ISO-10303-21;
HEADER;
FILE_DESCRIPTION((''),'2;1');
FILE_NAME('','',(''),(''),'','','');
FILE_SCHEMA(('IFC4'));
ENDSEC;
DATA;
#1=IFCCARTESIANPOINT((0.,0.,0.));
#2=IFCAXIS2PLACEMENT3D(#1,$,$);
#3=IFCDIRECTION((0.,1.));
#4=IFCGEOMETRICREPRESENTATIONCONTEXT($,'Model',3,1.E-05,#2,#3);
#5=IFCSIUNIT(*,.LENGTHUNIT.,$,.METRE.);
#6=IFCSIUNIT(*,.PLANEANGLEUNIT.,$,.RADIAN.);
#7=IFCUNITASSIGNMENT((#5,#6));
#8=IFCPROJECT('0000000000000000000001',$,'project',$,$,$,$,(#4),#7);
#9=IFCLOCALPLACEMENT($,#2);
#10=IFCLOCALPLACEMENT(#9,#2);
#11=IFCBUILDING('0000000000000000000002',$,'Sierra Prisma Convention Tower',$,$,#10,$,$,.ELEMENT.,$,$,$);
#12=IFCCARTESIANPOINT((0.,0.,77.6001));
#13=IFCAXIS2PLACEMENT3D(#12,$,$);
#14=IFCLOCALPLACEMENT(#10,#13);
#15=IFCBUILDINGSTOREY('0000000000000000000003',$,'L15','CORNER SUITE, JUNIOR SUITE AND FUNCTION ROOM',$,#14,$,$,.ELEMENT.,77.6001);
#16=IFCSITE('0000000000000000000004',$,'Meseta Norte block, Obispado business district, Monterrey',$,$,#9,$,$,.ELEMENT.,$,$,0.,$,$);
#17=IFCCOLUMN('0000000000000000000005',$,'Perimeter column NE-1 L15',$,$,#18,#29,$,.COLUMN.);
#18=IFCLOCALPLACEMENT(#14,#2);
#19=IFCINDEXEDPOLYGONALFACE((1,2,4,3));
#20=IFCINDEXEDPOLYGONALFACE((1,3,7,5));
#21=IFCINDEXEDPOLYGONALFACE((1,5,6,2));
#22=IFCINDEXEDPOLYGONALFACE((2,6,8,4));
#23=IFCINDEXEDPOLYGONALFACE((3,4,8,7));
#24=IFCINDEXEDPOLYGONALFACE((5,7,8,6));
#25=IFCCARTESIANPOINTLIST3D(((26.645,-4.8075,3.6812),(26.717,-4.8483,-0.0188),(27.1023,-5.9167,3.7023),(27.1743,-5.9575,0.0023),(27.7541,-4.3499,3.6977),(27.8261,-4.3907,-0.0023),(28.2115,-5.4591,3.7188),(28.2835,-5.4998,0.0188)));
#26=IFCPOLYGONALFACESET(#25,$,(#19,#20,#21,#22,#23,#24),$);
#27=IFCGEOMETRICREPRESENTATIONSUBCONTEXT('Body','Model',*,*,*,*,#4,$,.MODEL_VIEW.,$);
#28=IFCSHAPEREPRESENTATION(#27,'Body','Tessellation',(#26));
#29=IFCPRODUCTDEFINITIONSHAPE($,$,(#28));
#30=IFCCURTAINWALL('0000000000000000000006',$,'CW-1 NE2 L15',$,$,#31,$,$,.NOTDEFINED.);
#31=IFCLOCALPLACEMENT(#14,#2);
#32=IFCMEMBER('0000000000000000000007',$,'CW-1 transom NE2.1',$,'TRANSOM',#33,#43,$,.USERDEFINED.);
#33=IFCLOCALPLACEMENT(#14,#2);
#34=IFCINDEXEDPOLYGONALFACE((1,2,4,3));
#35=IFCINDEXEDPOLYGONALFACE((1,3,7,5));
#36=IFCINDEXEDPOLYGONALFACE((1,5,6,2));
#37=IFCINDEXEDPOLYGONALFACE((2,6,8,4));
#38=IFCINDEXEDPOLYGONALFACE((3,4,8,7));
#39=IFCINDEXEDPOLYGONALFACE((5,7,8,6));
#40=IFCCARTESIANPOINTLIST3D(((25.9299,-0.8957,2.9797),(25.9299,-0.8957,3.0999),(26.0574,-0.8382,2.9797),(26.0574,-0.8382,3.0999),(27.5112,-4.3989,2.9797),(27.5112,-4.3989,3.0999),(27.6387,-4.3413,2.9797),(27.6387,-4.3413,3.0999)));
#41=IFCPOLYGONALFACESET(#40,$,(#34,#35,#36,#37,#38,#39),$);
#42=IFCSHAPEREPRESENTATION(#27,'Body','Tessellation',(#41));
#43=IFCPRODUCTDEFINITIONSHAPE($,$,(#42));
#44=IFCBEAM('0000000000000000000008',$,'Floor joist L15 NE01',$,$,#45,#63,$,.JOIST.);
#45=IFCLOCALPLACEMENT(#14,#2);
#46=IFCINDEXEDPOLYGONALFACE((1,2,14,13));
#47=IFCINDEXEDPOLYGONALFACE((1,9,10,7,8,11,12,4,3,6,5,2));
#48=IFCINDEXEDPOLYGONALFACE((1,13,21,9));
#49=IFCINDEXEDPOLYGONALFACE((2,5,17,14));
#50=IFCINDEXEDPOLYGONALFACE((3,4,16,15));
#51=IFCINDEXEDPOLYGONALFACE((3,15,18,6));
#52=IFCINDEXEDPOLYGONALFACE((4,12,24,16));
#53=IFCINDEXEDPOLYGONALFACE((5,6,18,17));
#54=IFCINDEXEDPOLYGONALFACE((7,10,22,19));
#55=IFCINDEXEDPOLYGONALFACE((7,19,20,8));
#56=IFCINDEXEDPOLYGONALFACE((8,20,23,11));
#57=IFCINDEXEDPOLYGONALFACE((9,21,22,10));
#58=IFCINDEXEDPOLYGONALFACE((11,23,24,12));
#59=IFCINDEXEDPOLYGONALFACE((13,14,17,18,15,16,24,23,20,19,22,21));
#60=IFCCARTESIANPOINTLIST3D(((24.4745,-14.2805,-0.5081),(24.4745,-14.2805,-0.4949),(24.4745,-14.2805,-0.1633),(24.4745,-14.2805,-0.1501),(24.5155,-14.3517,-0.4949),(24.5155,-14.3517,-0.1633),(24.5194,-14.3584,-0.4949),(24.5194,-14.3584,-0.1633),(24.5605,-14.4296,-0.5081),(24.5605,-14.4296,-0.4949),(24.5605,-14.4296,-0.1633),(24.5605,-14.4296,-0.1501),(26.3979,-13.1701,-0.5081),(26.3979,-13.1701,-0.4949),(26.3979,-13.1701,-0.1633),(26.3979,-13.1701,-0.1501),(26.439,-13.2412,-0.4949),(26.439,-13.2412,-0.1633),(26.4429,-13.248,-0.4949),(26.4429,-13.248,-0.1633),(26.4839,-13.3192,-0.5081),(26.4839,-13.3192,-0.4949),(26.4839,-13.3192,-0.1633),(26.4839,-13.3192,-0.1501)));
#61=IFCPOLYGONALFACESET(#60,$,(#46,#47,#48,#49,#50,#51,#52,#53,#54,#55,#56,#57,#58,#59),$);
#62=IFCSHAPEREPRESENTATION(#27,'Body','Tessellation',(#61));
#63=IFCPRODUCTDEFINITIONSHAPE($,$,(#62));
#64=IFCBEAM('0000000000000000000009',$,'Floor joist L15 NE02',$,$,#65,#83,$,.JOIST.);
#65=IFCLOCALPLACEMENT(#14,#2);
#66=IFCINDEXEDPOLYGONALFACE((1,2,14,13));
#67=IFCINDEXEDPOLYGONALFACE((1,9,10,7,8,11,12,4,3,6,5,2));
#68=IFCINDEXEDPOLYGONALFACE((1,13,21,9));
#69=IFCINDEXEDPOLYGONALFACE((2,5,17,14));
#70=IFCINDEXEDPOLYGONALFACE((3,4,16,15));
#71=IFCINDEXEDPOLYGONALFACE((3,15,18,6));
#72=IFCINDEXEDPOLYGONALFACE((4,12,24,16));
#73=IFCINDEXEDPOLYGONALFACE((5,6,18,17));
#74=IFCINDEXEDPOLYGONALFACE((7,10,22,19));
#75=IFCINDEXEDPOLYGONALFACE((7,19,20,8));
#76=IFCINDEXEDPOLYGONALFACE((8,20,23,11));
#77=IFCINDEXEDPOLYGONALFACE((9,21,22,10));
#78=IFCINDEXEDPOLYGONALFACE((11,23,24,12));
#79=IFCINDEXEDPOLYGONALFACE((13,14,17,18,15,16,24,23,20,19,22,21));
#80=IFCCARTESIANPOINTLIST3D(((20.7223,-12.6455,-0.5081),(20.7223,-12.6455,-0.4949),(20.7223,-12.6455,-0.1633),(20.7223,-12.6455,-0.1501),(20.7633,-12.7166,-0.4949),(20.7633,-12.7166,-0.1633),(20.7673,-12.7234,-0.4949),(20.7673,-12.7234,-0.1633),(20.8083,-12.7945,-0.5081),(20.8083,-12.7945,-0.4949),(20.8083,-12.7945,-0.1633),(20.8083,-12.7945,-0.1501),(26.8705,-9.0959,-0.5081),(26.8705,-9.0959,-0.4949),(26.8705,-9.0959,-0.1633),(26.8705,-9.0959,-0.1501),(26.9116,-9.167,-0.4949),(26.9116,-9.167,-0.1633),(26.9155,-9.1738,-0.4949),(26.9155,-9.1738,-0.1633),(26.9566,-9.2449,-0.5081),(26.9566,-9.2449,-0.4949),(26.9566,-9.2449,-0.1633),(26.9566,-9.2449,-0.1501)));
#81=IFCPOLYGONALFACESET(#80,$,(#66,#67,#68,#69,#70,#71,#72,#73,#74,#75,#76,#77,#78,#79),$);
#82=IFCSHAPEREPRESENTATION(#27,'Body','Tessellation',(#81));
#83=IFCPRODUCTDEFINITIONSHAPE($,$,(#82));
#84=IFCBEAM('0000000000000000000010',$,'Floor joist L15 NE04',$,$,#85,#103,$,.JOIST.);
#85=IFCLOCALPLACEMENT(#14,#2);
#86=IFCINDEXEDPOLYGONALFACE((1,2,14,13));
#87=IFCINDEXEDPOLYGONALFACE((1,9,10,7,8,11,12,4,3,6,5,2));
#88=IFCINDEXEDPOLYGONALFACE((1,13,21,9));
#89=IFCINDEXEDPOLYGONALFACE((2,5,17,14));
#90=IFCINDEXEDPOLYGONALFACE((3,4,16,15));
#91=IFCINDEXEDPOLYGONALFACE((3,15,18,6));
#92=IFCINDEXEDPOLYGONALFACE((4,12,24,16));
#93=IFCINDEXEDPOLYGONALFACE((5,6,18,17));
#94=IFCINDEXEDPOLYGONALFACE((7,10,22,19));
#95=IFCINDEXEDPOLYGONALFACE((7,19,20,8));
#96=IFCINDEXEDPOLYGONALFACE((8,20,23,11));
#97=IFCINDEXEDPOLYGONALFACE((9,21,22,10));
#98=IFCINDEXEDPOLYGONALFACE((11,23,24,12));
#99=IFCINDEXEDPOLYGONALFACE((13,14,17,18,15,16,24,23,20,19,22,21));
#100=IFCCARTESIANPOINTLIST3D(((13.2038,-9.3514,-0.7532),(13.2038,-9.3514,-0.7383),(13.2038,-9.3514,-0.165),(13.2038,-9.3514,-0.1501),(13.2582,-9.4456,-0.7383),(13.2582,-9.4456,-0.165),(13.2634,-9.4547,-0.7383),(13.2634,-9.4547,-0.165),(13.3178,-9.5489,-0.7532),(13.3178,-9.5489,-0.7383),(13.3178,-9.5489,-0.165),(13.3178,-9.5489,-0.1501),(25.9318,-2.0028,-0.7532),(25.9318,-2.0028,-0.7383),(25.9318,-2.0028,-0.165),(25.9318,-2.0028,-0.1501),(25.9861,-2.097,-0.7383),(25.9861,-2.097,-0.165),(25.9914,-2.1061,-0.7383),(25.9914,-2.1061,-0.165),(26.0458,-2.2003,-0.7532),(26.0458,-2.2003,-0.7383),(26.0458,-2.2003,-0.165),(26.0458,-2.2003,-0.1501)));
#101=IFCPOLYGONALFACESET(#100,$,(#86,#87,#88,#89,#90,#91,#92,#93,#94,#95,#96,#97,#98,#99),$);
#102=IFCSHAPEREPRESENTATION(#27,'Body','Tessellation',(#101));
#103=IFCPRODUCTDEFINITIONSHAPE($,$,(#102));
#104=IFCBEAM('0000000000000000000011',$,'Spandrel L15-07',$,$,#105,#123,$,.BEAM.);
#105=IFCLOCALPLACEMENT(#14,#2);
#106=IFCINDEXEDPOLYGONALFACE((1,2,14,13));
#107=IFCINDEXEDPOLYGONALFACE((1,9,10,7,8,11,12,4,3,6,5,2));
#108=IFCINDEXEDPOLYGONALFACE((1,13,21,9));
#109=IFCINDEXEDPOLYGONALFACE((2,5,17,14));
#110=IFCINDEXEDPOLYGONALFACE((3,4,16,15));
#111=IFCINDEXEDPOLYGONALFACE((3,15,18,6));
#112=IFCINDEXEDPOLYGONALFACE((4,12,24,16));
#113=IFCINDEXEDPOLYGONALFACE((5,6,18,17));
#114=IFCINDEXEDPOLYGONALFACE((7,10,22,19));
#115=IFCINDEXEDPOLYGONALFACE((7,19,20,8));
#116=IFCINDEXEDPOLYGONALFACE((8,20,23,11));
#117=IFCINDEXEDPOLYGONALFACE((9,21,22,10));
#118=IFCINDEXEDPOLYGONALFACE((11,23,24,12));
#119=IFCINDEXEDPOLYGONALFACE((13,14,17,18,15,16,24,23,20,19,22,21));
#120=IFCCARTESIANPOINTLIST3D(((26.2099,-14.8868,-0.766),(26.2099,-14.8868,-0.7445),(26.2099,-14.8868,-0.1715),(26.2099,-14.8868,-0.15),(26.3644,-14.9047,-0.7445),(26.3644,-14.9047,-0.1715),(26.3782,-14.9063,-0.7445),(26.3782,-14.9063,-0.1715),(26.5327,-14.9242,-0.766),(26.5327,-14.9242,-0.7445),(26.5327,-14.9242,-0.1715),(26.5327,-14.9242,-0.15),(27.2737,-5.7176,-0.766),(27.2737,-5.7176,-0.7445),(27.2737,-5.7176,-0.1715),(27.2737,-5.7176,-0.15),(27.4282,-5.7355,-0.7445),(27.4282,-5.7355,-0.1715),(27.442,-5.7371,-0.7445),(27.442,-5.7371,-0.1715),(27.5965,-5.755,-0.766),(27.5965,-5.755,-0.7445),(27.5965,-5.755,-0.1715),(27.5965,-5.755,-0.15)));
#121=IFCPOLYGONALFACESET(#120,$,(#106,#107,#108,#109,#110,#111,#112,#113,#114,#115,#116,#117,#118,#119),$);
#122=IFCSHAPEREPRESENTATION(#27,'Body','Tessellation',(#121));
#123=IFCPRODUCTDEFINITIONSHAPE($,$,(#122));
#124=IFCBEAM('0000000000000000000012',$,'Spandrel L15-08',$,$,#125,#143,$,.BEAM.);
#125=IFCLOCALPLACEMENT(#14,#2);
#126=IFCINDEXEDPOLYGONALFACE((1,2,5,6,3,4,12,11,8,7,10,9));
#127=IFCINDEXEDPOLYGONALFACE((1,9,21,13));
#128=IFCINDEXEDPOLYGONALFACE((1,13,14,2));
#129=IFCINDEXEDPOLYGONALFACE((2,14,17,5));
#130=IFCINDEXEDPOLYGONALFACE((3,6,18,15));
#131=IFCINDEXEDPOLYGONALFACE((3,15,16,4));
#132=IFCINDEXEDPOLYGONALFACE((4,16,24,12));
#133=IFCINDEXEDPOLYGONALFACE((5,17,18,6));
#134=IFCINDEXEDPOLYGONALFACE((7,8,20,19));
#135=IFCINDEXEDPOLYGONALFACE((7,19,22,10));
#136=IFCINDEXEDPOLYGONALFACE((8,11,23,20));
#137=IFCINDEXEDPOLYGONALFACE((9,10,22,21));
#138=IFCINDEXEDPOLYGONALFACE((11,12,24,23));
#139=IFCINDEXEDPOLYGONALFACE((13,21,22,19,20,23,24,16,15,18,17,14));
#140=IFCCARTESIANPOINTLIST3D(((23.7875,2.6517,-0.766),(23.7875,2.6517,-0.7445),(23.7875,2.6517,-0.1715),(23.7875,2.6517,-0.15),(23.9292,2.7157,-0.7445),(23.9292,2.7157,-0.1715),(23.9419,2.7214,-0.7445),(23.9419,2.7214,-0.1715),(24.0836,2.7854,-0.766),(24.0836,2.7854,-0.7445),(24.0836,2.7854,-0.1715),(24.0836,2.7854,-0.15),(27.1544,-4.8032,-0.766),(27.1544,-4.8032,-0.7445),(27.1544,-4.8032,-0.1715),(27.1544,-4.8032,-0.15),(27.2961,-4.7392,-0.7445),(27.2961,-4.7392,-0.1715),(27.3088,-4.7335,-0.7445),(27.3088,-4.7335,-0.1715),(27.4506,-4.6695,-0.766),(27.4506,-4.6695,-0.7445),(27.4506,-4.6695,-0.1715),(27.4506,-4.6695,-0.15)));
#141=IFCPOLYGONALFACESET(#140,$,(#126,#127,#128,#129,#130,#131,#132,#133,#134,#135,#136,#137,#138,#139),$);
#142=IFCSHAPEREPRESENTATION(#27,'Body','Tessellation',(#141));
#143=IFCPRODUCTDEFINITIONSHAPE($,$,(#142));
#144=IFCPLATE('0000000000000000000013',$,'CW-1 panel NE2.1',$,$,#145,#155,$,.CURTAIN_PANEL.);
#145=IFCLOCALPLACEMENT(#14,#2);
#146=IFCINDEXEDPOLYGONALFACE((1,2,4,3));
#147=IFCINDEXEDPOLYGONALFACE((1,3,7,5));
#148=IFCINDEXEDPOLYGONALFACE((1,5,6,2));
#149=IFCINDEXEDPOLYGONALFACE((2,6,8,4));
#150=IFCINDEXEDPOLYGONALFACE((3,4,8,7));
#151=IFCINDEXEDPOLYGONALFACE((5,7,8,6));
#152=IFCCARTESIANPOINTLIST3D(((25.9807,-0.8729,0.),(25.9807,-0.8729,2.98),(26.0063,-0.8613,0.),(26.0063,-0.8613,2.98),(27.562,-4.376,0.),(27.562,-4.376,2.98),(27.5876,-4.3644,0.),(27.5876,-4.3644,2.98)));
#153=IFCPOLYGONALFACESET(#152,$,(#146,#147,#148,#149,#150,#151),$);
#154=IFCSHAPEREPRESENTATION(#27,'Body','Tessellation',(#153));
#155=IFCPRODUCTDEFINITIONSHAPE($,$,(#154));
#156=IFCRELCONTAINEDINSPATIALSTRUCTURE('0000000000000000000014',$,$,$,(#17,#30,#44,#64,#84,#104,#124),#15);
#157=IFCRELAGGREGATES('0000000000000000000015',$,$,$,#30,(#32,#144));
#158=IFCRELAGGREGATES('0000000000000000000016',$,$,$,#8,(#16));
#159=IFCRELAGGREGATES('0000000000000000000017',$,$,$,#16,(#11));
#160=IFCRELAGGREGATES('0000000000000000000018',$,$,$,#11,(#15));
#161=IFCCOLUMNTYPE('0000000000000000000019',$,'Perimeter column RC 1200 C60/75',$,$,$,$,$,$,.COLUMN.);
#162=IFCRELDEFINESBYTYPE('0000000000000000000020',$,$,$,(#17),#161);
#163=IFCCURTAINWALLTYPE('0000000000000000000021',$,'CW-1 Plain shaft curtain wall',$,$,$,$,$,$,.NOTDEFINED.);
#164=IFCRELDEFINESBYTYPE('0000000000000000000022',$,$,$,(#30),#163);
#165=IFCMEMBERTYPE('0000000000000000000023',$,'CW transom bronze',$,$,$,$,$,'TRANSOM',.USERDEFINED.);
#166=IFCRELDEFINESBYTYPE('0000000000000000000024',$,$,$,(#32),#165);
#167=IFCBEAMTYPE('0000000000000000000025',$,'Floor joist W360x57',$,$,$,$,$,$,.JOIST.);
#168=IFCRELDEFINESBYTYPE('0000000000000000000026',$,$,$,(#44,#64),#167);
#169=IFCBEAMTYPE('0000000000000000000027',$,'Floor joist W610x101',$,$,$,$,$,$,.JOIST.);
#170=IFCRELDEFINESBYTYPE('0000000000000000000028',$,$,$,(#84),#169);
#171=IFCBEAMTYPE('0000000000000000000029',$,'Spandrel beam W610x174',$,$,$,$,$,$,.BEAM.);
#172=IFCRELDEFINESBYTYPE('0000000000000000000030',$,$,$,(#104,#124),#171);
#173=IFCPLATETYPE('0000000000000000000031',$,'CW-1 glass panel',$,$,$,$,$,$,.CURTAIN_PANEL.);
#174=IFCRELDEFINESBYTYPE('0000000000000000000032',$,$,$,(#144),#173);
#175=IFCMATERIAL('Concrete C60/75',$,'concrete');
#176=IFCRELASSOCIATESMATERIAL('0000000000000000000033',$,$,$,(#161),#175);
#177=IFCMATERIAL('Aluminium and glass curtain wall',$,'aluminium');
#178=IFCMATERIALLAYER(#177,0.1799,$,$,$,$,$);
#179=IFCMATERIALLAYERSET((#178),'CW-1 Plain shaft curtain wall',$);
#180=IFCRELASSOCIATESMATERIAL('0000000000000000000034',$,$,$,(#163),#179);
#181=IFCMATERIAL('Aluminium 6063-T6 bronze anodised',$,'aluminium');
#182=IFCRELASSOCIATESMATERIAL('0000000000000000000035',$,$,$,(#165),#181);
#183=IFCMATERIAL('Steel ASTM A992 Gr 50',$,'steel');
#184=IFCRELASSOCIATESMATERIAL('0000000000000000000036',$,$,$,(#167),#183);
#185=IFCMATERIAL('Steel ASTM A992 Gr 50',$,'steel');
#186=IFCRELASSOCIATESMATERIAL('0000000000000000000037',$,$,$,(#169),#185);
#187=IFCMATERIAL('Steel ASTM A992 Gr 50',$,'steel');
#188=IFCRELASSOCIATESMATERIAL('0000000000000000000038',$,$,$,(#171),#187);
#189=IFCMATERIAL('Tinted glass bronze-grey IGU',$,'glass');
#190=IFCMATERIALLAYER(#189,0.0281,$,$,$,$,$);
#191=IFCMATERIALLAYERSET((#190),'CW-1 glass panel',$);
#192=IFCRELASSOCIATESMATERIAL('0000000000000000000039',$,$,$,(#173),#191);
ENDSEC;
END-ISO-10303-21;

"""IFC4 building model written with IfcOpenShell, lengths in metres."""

from ifc_helpers import new_model, si_unit, direction, frame, origin, origin_2d, place, context, subcontext, project, spatial, rectangle, i_section, extrude, material, layer, layer_set, material_profile, profile_set, type_object, element, aggregate, save


model = new_model("IFC4")

# Units and contexts
model_context = context("Model", 3, precision=1e-05, world=origin(), true_north=direction((0.0, 1.0)))
body_context = subcontext(model_context, "Body", "Model", "MODEL_VIEW")
ifc_project = project(units=[si_unit("LENGTHUNIT", "METRE"), si_unit("PLANEANGLEUNIT", "RADIAN")], contexts=[model_context])

# Site, building, storey
site_placement = place(None, origin())
site = spatial("IfcSite", under=ifc_project, at=site_placement, Name="Meseta Norte block, Obispado business district, Monterrey", CompositionType="ELEMENT", RefElevation=0.0)
building_placement = place(site_placement, origin())
building = spatial("IfcBuilding", under=site, at=building_placement, Name="Sierra Prisma Convention Tower", CompositionType="ELEMENT")
storey_placement = place(building_placement, frame((0.0, 0.0, 77.6001)))
storey = spatial("IfcBuildingStorey", under=building, at=storey_placement, Name="L15", Description="CORNER SUITE, JUNIOR SUITE AND FUNCTION ROOM", CompositionType="ELEMENT", Elevation=77.6001)

# Column
ifc_material_1 = material(Name="Concrete C60/75", Category="concrete")
ifc_material_profile_1 = material_profile(ifc_material_1, rectangle(XDim=1.2, YDim=1.2, at=origin_2d()), Name="Perimeter column RC 1200 C60/75")
ifc_profile_set_1 = profile_set([ifc_material_profile_1], Name="Concrete C60/75")
column_type = type_object("IfcColumnType", Name="Perimeter column RC 1200 C60/75", PredefinedType="COLUMN", material=ifc_profile_set_1)
column_placement = place(storey_placement, frame((27.5002, -5.1741, 0.0), z_axis=(-0.019461, 0.011017, 0.99975), x_axis=(-0.381127, 0.924355, -0.017605)))
element("IfcColumn", 1, at=column_placement, inside=storey, type_object=column_type, Name="Perimeter column NE-1 L15", PredefinedType="COLUMN", context=body_context, shape_type="SweptSolid", body=[
    extrude(rectangle(XDim=1.2, YDim=1.2, at=origin_2d()), origin(), (0.0, 0.0, 1.0), 3.7009),
])

# Curtain wall, member
ifc_material_2 = material(Name="Aluminium and glass curtain wall", Category="aluminium")
ifc_layer_1 = layer(ifc_material_2, 0.1799)
ifc_layer_set_1 = layer_set([ifc_layer_1], Name="CW-1 Plain shaft curtain wall")
curtain_wall_type = type_object("IfcCurtainWallType", Name="CW-1 Plain shaft curtain wall", PredefinedType="NOTDEFINED", material=ifc_layer_set_1)
curtain_wall_placement = place(storey_placement, origin())
curtain_wall = element("IfcCurtainWall", 2, at=curtain_wall_placement, inside=storey, type_object=curtain_wall_type, Name="CW-1 NE2 L15", PredefinedType="NOTDEFINED")
ifc_material_3 = material(Name="Aluminium 6063-T6 bronze anodised", Category="aluminium")
ifc_material_profile_2 = material_profile(ifc_material_3, rectangle(XDim=0.1399, YDim=0.1201, at=origin_2d()), Name="ALU TRANSOM 120x140")
ifc_profile_set_2 = profile_set([ifc_material_profile_2], Name="Aluminium 6063-T6 bronze anodised")
member_type = type_object("IfcMemberType", Name="CW transom bronze", ElementType="TRANSOM", PredefinedType="USERDEFINED", material=ifc_profile_set_2)
member_placement = place(storey_placement, frame((27.575, -4.3701, 3.0398), z_axis=(-0.411418, 0.911447, 0.0), x_axis=(-0.911447, -0.411418, 0.0)))
member = element("IfcMember", 3, at=member_placement, type_object=member_type, Name="CW-1 transom NE2.1", ObjectType="TRANSOM", PredefinedType="USERDEFINED", context=body_context, shape_type="SweptSolid", body=[
    extrude(rectangle(XDim=0.1399, YDim=0.1201, at=origin_2d()), origin(), (0.0, 0.0, 1.0), 3.8435),
])

# Beams
ifc_material_4 = material(Name="Steel ASTM A992 Gr 50", Category="steel")
ifc_material_profile_3 = material_profile(ifc_material_4, i_section(OverallWidth=0.1721, OverallDepth=0.3579, WebThickness=0.0078, FlangeThickness=0.0132, at=origin_2d()), Name="W360x57")
ifc_profile_set_3 = profile_set([ifc_material_profile_3], Name="Steel ASTM A992 Gr 50")
beam_type_1 = type_object("IfcBeamType", Name="Floor joist W360x57", PredefinedType="JOIST", material=ifc_profile_set_3)
beam_1_placement = place(storey_placement, frame((26.4409, -13.2446, -0.3291), z_axis=(-0.866043, -0.49997, 0.0), x_axis=(0.49997, -0.866043, 0.0)))
element("IfcBeam", 4, at=beam_1_placement, inside=storey, type_object=beam_type_1, Name="Floor joist L15 NE01", PredefinedType="JOIST", context=body_context, shape_type="SweptSolid", body=[
    extrude(i_section(OverallWidth=0.1721, OverallDepth=0.3579, WebThickness=0.0078, FlangeThickness=0.0132, at=origin_2d()), origin(), (0.0, 0.0, 1.0), 2.2209),
])
beam_2_placement = place(storey_placement, frame((26.9136, -9.1704, -0.3291), z_axis=(-0.866032, -0.499989, 0.0), x_axis=(0.499989, -0.866032, 0.0)))
element("IfcBeam", 5, at=beam_2_placement, inside=storey, type_object=beam_type_1, Name="Floor joist L15 NE02", PredefinedType="JOIST", context=body_context, shape_type="SweptSolid", body=[
    extrude(i_section(OverallWidth=0.1721, OverallDepth=0.3579, WebThickness=0.0078, FlangeThickness=0.0132, at=origin_2d()), origin(), (0.0, 0.0, 1.0), 7.0994),
])
ifc_material_5 = material(Name="Steel ASTM A992 Gr 50", Category="steel")
ifc_material_profile_4 = material_profile(ifc_material_5, i_section(OverallWidth=0.228, OverallDepth=0.603, WebThickness=0.0105, FlangeThickness=0.0149, at=origin_2d()), Name="W610x101")
ifc_profile_set_4 = profile_set([ifc_material_profile_4], Name="Steel ASTM A992 Gr 50")
beam_type_2 = type_object("IfcBeamType", Name="Floor joist W610x101", PredefinedType="JOIST", material=ifc_profile_set_4)
beam_3_placement = place(storey_placement, frame((25.9888, -2.1016, -0.4517), z_axis=(-0.866022, -0.500005, 0.0), x_axis=(0.500005, -0.866022, 0.0)))
element("IfcBeam", 6, at=beam_3_placement, inside=storey, type_object=beam_type_2, Name="Floor joist L15 NE04", PredefinedType="JOIST", context=body_context, shape_type="SweptSolid", body=[
    extrude(i_section(OverallWidth=0.228, OverallDepth=0.603, WebThickness=0.0105, FlangeThickness=0.0149, at=origin_2d()), origin(), (0.0, 0.0, 1.0), 14.697),
])
ifc_material_6 = material(Name="Steel ASTM A992 Gr 50", Category="steel")
ifc_material_profile_5 = material_profile(ifc_material_6, i_section(OverallWidth=0.325, OverallDepth=0.616, WebThickness=0.0139, FlangeThickness=0.0215, at=origin_2d()), Name="W610x174")
ifc_profile_set_5 = profile_set([ifc_material_profile_5], Name="Steel ASTM A992 Gr 50")
beam_type_3 = type_object("IfcBeamType", Name="Spandrel beam W610x174", PredefinedType="BEAM", material=ifc_profile_set_5)
beam_4_placement = place(storey_placement, frame((26.3713, -14.9055, -0.458), z_axis=(0.115237, 0.993338, 0.0), x_axis=(-0.993338, 0.115237, 0.0)))
element("IfcBeam", 7, at=beam_4_placement, inside=storey, type_object=beam_type_3, Name="Spandrel L15-07", PredefinedType="BEAM", context=body_context, shape_type="SweptSolid", body=[
    extrude(i_section(OverallWidth=0.325, OverallDepth=0.616, WebThickness=0.0139, FlangeThickness=0.0215, at=origin_2d()), origin(), (0.0, 0.0, 1.0), 9.2307),
])
beam_5_placement = place(storey_placement, frame((27.3025, -4.7363, -0.458), z_axis=(-0.411612, 0.911359, 0.0), x_axis=(-0.911359, -0.411612, 0.0)))
element("IfcBeam", 8, at=beam_5_placement, inside=storey, type_object=beam_type_3, Name="Spandrel L15-08", PredefinedType="BEAM", context=body_context, shape_type="SweptSolid", body=[
    extrude(i_section(OverallWidth=0.325, OverallDepth=0.616, WebThickness=0.0139, FlangeThickness=0.0215, at=origin_2d()), origin(), (0.0, 0.0, 1.0), 8.1799),
])

# Plate
ifc_material_7 = material(Name="Tinted glass bronze-grey IGU", Category="glass")
ifc_layer_2 = layer(ifc_material_7, 0.0281)
ifc_layer_set_2 = layer_set([ifc_layer_2], Name="CW-1 glass panel")
plate_type = type_object("IfcPlateType", Name="CW-1 glass panel", PredefinedType="CURTAIN_PANEL", material=ifc_layer_set_2)
plate_placement = place(storey_placement, frame((26.7842, -2.6187, 0.0), z_axis=(0.0, 0.0, 1.0), x_axis=(-0.411426, 0.911443, 0.0)))
plate = element("IfcPlate", 9, at=plate_placement, type_object=plate_type, Name="CW-1 panel NE2.1", PredefinedType="CURTAIN_PANEL", context=body_context, shape_type="SweptSolid", body=[
    extrude(rectangle(XDim=3.8435, YDim=0.0281, at=origin_2d()), origin(), (0.0, 0.0, 1.0), 2.98),
])
aggregate(curtain_wall, [member, plate])

save(model, "model.ifc")
